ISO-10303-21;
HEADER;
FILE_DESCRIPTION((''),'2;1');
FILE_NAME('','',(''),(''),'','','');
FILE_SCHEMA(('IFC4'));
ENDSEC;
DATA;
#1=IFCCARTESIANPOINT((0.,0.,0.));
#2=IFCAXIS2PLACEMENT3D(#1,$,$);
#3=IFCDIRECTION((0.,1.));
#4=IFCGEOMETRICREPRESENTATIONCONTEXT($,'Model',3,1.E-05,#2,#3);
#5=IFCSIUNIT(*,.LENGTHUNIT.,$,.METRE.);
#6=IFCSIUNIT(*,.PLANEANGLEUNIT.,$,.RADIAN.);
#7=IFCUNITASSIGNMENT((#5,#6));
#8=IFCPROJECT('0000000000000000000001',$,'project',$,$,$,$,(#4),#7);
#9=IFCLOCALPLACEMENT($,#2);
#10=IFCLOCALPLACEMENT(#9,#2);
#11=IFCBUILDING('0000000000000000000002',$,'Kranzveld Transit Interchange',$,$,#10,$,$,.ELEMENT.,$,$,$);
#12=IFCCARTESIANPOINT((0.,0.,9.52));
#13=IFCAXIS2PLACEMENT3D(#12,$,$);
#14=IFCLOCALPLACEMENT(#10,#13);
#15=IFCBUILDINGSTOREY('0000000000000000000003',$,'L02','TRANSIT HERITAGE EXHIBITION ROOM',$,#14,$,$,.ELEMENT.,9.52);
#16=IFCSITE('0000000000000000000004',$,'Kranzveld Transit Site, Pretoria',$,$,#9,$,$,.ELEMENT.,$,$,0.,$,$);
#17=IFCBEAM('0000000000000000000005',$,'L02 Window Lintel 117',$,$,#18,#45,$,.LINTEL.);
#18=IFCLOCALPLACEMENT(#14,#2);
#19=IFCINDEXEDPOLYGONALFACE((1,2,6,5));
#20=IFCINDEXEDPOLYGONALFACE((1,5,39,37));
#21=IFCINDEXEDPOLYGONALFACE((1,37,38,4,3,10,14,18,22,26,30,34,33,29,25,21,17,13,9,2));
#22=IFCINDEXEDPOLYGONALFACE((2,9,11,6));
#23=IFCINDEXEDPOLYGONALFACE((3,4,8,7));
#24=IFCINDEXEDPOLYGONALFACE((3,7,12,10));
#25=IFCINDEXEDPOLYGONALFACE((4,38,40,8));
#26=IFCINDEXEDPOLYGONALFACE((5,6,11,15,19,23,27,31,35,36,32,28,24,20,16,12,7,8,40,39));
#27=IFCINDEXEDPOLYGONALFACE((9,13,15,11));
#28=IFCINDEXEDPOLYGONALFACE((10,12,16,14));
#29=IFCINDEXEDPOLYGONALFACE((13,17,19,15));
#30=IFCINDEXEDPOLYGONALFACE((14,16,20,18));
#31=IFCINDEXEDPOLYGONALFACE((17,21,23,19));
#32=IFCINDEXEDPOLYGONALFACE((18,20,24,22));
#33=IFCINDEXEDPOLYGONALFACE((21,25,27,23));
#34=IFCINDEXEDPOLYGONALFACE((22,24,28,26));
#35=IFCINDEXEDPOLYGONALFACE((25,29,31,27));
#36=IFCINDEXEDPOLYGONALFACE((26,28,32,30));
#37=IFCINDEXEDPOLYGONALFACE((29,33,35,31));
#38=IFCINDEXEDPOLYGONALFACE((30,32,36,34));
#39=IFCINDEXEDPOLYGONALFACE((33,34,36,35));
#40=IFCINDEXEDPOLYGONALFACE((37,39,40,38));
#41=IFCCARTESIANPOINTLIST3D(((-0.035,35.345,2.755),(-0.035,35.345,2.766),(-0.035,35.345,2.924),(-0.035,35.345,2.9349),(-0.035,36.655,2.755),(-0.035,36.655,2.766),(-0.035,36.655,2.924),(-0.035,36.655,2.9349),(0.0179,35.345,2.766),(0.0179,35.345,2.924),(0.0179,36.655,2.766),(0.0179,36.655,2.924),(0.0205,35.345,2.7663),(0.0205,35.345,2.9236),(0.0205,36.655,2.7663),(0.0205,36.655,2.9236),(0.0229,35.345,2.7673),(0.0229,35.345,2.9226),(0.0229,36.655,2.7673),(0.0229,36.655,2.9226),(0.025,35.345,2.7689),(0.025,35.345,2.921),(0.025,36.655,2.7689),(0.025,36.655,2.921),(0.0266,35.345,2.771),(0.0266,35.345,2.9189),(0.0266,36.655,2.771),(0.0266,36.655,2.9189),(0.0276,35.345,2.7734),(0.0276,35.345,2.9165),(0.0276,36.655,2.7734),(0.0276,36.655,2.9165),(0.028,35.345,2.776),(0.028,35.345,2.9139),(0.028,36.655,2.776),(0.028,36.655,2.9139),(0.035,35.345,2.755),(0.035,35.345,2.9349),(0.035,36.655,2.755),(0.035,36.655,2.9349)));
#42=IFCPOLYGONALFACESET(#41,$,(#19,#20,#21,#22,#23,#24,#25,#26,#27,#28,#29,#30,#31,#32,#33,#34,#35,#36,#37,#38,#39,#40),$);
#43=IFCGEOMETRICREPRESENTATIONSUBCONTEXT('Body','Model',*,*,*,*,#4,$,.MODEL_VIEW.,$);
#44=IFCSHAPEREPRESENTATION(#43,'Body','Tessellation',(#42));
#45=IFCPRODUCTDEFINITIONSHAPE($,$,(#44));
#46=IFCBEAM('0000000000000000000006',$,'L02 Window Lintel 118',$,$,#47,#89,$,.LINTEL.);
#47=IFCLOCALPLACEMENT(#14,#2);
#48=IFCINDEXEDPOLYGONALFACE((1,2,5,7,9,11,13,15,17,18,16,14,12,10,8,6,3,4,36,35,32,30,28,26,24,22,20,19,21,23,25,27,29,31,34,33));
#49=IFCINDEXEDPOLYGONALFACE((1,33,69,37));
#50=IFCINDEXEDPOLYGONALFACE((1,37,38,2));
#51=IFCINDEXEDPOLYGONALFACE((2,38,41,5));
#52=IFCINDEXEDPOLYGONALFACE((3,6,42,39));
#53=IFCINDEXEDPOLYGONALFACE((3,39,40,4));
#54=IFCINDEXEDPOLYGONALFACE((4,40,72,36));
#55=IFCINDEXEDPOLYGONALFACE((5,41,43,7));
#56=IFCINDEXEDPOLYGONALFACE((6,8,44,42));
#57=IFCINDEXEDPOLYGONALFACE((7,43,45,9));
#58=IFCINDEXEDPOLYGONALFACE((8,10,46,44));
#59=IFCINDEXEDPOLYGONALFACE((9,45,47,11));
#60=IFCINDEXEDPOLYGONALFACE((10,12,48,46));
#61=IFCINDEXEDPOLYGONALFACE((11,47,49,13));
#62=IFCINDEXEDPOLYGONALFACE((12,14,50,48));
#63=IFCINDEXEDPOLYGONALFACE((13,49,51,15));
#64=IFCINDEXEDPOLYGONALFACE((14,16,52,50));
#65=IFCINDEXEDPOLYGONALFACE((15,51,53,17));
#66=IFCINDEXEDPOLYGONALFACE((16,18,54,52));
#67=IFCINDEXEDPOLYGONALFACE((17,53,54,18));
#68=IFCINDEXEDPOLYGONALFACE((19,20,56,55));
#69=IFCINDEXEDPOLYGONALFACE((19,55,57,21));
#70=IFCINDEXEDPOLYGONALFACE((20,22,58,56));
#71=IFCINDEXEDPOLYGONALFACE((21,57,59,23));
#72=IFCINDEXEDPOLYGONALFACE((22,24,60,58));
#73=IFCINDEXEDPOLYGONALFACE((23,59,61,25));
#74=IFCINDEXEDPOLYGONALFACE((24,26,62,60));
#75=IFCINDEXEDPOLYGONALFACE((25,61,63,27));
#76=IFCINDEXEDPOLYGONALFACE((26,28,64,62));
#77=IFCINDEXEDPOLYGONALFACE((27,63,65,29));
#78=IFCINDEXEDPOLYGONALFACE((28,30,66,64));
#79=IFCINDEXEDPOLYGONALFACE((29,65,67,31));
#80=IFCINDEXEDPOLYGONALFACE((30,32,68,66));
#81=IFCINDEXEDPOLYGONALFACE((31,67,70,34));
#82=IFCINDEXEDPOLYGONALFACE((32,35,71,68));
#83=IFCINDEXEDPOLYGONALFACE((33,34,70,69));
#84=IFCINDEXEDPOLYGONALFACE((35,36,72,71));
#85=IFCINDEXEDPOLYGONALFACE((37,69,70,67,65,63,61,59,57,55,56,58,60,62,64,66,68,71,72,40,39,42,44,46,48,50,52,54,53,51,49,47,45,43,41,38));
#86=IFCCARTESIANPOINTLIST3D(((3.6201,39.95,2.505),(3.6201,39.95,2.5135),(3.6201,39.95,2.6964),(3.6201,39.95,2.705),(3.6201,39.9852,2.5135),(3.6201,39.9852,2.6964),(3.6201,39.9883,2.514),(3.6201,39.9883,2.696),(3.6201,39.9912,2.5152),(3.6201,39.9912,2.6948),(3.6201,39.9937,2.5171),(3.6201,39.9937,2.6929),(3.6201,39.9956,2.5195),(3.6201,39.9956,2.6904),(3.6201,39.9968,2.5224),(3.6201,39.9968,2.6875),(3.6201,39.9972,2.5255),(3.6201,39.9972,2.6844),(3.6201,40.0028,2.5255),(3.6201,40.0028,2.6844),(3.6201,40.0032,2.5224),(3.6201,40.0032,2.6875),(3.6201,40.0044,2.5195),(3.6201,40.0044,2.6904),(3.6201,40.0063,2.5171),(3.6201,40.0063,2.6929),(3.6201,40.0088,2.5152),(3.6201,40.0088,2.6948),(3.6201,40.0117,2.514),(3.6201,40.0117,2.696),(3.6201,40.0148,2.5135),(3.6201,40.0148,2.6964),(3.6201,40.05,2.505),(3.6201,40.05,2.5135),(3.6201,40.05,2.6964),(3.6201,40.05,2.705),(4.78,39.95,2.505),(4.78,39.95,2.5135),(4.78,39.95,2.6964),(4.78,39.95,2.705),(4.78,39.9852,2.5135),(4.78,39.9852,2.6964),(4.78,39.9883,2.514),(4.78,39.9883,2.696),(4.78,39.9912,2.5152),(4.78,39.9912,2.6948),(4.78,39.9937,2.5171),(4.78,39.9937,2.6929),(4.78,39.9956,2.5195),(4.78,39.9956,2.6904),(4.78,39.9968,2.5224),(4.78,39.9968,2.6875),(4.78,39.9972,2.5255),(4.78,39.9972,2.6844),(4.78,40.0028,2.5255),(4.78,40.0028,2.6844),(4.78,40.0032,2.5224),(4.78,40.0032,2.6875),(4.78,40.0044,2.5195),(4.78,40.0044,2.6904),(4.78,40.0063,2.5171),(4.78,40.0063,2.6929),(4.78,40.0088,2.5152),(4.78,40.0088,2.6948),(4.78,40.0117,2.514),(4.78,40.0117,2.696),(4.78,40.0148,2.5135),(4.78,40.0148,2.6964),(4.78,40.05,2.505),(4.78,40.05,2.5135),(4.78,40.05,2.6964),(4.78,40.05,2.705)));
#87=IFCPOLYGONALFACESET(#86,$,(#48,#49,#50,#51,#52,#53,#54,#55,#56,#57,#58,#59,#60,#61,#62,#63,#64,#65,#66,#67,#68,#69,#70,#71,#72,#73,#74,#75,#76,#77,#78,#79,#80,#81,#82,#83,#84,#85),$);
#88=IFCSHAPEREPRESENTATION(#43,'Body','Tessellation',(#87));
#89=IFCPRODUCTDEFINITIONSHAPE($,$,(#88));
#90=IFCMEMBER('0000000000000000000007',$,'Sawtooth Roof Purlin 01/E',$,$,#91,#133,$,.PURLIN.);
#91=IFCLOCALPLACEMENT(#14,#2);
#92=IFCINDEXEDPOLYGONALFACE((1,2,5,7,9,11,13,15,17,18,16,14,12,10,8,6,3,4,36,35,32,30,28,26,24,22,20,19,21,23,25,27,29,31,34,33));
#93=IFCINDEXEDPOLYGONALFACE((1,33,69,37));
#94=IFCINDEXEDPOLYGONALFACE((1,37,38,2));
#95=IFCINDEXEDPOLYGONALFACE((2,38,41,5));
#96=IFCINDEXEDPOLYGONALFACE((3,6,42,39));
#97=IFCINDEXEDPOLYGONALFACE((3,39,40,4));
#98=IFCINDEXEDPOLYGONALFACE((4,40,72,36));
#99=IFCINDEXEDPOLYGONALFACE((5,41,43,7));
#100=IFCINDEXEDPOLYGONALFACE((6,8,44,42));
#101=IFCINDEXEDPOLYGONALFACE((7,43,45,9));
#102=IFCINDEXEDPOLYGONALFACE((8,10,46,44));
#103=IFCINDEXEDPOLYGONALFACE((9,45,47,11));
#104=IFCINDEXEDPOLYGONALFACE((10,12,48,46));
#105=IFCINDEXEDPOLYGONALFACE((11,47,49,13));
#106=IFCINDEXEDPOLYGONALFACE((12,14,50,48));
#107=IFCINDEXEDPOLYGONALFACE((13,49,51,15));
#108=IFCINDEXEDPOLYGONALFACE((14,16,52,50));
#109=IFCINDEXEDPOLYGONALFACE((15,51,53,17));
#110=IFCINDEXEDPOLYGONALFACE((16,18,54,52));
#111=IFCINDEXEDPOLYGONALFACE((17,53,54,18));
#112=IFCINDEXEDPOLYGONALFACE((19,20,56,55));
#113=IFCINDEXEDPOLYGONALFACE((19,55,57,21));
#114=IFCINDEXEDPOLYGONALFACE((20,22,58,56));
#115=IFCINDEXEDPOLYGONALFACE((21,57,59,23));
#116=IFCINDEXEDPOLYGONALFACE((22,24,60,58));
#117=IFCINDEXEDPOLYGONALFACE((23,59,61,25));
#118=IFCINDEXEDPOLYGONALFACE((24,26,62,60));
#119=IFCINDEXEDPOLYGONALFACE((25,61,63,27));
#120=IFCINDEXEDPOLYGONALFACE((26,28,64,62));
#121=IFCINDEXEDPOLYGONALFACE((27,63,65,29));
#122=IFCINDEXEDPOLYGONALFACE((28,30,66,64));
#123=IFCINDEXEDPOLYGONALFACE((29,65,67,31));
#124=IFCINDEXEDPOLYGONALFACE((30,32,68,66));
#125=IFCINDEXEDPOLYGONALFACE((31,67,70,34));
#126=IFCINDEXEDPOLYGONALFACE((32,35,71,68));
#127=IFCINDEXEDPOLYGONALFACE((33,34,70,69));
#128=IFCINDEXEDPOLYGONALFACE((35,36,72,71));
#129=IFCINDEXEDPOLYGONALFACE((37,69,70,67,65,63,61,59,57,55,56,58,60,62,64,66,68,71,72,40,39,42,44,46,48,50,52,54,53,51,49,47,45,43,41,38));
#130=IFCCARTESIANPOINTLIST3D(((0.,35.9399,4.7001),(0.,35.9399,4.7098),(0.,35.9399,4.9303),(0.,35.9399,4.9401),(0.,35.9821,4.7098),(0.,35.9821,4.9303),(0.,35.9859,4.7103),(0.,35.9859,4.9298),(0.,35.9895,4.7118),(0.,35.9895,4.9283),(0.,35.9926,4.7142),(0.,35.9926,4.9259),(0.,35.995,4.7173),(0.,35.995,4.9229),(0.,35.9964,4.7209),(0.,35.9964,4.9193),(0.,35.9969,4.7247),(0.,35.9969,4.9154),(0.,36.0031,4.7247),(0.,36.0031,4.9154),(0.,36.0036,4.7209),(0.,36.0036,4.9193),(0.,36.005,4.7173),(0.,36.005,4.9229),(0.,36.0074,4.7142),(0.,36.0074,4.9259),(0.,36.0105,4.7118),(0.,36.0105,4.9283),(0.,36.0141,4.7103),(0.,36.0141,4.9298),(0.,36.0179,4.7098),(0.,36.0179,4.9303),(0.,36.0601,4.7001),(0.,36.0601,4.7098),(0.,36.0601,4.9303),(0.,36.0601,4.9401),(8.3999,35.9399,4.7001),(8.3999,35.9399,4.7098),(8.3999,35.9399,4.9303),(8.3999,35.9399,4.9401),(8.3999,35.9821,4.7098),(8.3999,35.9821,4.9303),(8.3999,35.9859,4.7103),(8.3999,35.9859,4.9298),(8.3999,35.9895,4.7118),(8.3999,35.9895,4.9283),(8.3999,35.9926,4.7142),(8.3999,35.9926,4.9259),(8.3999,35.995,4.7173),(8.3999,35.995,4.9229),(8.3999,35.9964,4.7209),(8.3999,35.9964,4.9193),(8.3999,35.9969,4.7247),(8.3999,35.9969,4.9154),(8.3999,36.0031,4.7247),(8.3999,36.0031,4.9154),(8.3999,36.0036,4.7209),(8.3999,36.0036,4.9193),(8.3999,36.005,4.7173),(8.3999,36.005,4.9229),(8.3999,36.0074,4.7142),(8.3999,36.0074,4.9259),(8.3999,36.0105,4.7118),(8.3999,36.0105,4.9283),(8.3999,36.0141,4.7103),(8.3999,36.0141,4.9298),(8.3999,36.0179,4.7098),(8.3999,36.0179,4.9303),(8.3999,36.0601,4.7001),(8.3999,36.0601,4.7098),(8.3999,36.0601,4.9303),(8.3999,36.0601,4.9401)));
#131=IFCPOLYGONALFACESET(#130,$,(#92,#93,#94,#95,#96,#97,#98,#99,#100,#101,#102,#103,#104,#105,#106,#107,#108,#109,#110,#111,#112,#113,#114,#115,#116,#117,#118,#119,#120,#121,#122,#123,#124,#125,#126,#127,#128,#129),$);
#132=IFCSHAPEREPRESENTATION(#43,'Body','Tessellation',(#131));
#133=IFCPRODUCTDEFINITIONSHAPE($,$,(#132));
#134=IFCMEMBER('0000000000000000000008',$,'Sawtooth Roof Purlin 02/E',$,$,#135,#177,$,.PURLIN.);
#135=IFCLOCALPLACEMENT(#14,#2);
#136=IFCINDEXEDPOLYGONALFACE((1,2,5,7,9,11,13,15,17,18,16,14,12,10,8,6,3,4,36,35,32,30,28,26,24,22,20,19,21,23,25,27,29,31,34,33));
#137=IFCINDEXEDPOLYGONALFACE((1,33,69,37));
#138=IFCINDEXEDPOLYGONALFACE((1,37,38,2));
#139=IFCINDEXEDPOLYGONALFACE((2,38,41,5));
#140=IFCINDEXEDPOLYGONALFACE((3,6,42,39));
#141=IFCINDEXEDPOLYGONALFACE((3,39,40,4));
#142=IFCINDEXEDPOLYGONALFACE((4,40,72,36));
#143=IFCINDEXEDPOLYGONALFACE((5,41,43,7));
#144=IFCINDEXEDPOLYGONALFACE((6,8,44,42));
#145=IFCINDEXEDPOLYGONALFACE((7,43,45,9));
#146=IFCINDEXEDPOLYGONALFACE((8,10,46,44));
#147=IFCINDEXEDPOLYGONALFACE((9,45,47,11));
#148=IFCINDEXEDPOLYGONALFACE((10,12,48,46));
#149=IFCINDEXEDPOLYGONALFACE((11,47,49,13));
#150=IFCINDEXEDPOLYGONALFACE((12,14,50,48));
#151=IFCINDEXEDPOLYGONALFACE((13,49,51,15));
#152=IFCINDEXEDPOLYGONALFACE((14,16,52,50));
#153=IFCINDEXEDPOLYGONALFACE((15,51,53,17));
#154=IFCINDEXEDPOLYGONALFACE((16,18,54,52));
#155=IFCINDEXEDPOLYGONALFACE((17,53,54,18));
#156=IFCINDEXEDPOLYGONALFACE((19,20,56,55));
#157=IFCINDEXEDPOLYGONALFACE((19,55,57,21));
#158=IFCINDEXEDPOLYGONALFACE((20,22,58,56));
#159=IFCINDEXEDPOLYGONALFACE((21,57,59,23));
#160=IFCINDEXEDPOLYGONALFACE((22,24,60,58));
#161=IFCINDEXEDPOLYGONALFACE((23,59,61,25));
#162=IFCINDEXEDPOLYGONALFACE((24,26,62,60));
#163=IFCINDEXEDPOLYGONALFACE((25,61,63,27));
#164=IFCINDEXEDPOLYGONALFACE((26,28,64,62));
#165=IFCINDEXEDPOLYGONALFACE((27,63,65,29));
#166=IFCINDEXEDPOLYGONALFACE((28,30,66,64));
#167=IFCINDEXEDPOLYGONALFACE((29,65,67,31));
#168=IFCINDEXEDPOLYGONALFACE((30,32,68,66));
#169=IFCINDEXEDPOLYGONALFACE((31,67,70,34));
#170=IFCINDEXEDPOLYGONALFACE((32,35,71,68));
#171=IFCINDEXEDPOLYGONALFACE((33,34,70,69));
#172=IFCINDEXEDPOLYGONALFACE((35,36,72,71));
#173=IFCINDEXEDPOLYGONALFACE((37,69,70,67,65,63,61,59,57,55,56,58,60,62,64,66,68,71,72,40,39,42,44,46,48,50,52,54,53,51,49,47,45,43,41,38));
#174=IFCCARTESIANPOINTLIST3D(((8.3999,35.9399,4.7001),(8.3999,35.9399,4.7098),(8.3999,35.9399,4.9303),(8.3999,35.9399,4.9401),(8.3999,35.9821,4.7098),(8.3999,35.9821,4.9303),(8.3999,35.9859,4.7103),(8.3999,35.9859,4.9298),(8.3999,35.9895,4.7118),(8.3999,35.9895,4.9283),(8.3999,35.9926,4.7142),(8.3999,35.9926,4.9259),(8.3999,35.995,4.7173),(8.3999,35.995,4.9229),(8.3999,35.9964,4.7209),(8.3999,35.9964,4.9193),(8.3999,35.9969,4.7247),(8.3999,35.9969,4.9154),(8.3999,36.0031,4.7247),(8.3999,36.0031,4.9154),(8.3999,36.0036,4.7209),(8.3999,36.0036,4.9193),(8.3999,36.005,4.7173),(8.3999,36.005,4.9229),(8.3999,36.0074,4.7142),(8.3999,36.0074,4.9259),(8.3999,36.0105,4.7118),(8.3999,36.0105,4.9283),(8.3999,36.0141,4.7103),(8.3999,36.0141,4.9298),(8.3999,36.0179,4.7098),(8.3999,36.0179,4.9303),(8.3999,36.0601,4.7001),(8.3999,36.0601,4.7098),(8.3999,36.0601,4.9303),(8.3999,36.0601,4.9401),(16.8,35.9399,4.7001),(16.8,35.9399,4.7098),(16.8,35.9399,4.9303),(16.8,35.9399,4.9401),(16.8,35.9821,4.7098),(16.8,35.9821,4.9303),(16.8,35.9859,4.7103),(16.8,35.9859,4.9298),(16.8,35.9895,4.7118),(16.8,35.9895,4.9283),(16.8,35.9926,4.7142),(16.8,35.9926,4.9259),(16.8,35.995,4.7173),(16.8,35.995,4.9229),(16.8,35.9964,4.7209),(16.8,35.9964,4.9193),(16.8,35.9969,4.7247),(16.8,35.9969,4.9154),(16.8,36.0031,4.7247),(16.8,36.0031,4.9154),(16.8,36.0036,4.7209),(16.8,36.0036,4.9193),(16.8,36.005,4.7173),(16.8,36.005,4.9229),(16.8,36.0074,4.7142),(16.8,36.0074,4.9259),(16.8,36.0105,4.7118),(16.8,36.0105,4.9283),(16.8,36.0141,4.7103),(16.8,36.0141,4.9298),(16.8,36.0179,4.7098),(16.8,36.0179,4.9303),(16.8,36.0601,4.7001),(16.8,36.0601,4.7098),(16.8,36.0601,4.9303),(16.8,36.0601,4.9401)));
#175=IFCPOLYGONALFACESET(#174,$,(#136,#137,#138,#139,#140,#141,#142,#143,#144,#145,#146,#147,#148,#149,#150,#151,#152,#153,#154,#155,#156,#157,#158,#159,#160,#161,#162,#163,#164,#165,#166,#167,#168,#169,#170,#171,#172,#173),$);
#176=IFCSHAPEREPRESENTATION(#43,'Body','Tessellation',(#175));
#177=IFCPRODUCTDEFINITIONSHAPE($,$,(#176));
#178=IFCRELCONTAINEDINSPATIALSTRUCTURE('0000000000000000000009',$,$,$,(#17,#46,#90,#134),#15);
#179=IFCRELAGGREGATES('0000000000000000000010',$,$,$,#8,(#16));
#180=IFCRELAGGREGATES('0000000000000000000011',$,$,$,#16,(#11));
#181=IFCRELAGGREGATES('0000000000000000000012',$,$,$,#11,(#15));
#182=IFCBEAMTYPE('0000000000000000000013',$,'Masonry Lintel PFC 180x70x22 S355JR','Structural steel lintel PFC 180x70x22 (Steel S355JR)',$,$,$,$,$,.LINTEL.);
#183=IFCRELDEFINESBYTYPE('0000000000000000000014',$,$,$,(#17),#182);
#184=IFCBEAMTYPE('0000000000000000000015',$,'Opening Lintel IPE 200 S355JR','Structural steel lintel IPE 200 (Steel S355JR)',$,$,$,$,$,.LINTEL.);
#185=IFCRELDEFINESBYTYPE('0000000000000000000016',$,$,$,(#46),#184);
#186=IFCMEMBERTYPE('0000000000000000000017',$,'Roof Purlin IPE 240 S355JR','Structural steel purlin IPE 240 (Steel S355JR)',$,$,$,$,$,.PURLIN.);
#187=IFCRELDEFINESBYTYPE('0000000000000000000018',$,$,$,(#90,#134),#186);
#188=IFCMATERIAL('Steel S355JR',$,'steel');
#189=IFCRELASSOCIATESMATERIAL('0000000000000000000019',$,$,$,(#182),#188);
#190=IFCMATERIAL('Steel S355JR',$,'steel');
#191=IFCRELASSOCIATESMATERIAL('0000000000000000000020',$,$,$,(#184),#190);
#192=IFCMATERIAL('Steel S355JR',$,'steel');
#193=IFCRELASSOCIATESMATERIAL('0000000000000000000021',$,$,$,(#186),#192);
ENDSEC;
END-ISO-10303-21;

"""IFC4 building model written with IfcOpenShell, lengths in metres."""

from ifc_helpers import new_model, si_unit, direction, frame, origin, origin_2d, place, context, subcontext, project, spatial, i_section, u_section, extrude, material, material_profile, profile_set, type_object, element, save


model = new_model("IFC4")

# Units and contexts
model_context = context("Model", 3, precision=1e-05, world=origin(), true_north=direction((0.0, 1.0)))
body_context = subcontext(model_context, "Body", "Model", "MODEL_VIEW")
ifc_project = project(units=[si_unit("LENGTHUNIT", "METRE"), si_unit("PLANEANGLEUNIT", "RADIAN")], contexts=[model_context])

# Site, building, storey
site_placement = place(None, origin())
site = spatial("IfcSite", under=ifc_project, at=site_placement, Name="Kranzveld Transit Site, Pretoria", CompositionType="ELEMENT", RefElevation=0.0)
building_placement = place(site_placement, origin())
building = spatial("IfcBuilding", under=site, at=building_placement, Name="Kranzveld Transit Interchange", CompositionType="ELEMENT")
storey_placement = place(building_placement, frame((0.0, 0.0, 9.52)))
storey = spatial("IfcBuildingStorey", under=building, at=storey_placement, Name="L02", Description="TRANSIT HERITAGE EXHIBITION ROOM", CompositionType="ELEMENT", Elevation=9.52)

# Beams
ifc_material_1 = material(Name="Steel S355JR", Category="steel")
ifc_material_profile_1 = material_profile(ifc_material_1, u_section(Depth=0.1799, FlangeWidth=0.0701, WebThickness=0.0071, FlangeThickness=0.011, FilletRadius=0.01, at=origin_2d()), Name="PFC 180x70x22")
ifc_profile_set_1 = profile_set([ifc_material_profile_1], Name="Steel S355JR")
beam_type_1 = type_object("IfcBeamType", Name="Masonry Lintel PFC 180x70x22 S355JR", Description="Structural steel lintel PFC 180x70x22 (Steel S355JR)", PredefinedType="LINTEL", material=ifc_profile_set_1)
beam_1_placement = place(storey_placement, frame((0.0, 35.345, 2.845), z_axis=(0.0, 1.0, 0.0), x_axis=(-1.0, 0.0, 0.0)))
element("IfcBeam", 1, at=beam_1_placement, inside=storey, type_object=beam_type_1, Name="L02 Window Lintel 117", PredefinedType="LINTEL", context=body_context, shape_type="SweptSolid", body=[
    extrude(u_section(Depth=0.1799, FlangeWidth=0.0701, WebThickness=0.0071, FlangeThickness=0.011, FilletRadius=0.01, at=origin_2d()), origin(), (0.0, 0.0, 1.0), 1.3101),
])
ifc_material_2 = material(Name="Steel S355JR", Category="steel")
ifc_material_profile_2 = material_profile(ifc_material_2, i_section(OverallWidth=0.1001, OverallDepth=0.2, WebThickness=0.0056, FlangeThickness=0.0085, FilletRadius=0.012, at=origin_2d()), Name="IPE 200")
ifc_profile_set_2 = profile_set([ifc_material_profile_2], Name="Steel S355JR")
beam_type_2 = type_object("IfcBeamType", Name="Opening Lintel IPE 200 S355JR", Description="Structural steel lintel IPE 200 (Steel S355JR)", PredefinedType="LINTEL", material=ifc_profile_set_2)
beam_2_placement = place(storey_placement, frame((3.6201, 40.0, 2.605), z_axis=(1.0, 0.0, 0.0), x_axis=(0.0, 1.0, 0.0)))
element("IfcBeam", 2, at=beam_2_placement, inside=storey, type_object=beam_type_2, Name="L02 Window Lintel 118", PredefinedType="LINTEL", context=body_context, shape_type="SweptSolid", body=[
    extrude(i_section(OverallWidth=0.1001, OverallDepth=0.2, WebThickness=0.0056, FlangeThickness=0.0085, FilletRadius=0.012, at=origin_2d()), origin(), (0.0, 0.0, 1.0), 1.1599),
])

# Members
ifc_material_3 = material(Name="Steel S355JR", Category="steel")
ifc_material_profile_3 = material_profile(ifc_material_3, i_section(OverallWidth=0.1201, OverallDepth=0.24, WebThickness=0.0061, FlangeThickness=0.0098, FilletRadius=0.0149, at=origin_2d()), Name="IPE 240")
ifc_profile_set_3 = profile_set([ifc_material_profile_3], Name="Steel S355JR")
member_type_1 = type_object("IfcMemberType", Name="Roof Purlin IPE 240 S355JR", Description="Structural steel purlin IPE 240 (Steel S355JR)", PredefinedType="PURLIN", material=ifc_profile_set_3)
member_1_placement = place(storey_placement, frame((0.0, 36.0, 4.8201), z_axis=(1.0, 0.0, 0.0), x_axis=(0.0, 1.0, 0.0)))
element("IfcMember", 3, at=member_1_placement, inside=storey, type_object=member_type_1, Name="Sawtooth Roof Purlin 01/E", PredefinedType="PURLIN", context=body_context, shape_type="SweptSolid", body=[
    extrude(i_section(OverallWidth=0.1201, OverallDepth=0.24, WebThickness=0.0061, FlangeThickness=0.0098, FilletRadius=0.0149, at=origin_2d()), origin(), (0.0, 0.0, 1.0), 8.3999),
])
member_2_placement = place(storey_placement, frame((8.3999, 36.0, 4.8201), z_axis=(1.0, 0.0, 0.0), x_axis=(0.0, 1.0, 0.0)))
element("IfcMember", 4, at=member_2_placement, inside=storey, type_object=member_type_1, Name="Sawtooth Roof Purlin 02/E", PredefinedType="PURLIN", context=body_context, shape_type="SweptSolid", body=[
    extrude(i_section(OverallWidth=0.1201, OverallDepth=0.24, WebThickness=0.0061, FlangeThickness=0.0098, FilletRadius=0.0149, at=origin_2d()), origin(), (0.0, 0.0, 1.0), 8.4001),
])

save(model, "model.ifc")
